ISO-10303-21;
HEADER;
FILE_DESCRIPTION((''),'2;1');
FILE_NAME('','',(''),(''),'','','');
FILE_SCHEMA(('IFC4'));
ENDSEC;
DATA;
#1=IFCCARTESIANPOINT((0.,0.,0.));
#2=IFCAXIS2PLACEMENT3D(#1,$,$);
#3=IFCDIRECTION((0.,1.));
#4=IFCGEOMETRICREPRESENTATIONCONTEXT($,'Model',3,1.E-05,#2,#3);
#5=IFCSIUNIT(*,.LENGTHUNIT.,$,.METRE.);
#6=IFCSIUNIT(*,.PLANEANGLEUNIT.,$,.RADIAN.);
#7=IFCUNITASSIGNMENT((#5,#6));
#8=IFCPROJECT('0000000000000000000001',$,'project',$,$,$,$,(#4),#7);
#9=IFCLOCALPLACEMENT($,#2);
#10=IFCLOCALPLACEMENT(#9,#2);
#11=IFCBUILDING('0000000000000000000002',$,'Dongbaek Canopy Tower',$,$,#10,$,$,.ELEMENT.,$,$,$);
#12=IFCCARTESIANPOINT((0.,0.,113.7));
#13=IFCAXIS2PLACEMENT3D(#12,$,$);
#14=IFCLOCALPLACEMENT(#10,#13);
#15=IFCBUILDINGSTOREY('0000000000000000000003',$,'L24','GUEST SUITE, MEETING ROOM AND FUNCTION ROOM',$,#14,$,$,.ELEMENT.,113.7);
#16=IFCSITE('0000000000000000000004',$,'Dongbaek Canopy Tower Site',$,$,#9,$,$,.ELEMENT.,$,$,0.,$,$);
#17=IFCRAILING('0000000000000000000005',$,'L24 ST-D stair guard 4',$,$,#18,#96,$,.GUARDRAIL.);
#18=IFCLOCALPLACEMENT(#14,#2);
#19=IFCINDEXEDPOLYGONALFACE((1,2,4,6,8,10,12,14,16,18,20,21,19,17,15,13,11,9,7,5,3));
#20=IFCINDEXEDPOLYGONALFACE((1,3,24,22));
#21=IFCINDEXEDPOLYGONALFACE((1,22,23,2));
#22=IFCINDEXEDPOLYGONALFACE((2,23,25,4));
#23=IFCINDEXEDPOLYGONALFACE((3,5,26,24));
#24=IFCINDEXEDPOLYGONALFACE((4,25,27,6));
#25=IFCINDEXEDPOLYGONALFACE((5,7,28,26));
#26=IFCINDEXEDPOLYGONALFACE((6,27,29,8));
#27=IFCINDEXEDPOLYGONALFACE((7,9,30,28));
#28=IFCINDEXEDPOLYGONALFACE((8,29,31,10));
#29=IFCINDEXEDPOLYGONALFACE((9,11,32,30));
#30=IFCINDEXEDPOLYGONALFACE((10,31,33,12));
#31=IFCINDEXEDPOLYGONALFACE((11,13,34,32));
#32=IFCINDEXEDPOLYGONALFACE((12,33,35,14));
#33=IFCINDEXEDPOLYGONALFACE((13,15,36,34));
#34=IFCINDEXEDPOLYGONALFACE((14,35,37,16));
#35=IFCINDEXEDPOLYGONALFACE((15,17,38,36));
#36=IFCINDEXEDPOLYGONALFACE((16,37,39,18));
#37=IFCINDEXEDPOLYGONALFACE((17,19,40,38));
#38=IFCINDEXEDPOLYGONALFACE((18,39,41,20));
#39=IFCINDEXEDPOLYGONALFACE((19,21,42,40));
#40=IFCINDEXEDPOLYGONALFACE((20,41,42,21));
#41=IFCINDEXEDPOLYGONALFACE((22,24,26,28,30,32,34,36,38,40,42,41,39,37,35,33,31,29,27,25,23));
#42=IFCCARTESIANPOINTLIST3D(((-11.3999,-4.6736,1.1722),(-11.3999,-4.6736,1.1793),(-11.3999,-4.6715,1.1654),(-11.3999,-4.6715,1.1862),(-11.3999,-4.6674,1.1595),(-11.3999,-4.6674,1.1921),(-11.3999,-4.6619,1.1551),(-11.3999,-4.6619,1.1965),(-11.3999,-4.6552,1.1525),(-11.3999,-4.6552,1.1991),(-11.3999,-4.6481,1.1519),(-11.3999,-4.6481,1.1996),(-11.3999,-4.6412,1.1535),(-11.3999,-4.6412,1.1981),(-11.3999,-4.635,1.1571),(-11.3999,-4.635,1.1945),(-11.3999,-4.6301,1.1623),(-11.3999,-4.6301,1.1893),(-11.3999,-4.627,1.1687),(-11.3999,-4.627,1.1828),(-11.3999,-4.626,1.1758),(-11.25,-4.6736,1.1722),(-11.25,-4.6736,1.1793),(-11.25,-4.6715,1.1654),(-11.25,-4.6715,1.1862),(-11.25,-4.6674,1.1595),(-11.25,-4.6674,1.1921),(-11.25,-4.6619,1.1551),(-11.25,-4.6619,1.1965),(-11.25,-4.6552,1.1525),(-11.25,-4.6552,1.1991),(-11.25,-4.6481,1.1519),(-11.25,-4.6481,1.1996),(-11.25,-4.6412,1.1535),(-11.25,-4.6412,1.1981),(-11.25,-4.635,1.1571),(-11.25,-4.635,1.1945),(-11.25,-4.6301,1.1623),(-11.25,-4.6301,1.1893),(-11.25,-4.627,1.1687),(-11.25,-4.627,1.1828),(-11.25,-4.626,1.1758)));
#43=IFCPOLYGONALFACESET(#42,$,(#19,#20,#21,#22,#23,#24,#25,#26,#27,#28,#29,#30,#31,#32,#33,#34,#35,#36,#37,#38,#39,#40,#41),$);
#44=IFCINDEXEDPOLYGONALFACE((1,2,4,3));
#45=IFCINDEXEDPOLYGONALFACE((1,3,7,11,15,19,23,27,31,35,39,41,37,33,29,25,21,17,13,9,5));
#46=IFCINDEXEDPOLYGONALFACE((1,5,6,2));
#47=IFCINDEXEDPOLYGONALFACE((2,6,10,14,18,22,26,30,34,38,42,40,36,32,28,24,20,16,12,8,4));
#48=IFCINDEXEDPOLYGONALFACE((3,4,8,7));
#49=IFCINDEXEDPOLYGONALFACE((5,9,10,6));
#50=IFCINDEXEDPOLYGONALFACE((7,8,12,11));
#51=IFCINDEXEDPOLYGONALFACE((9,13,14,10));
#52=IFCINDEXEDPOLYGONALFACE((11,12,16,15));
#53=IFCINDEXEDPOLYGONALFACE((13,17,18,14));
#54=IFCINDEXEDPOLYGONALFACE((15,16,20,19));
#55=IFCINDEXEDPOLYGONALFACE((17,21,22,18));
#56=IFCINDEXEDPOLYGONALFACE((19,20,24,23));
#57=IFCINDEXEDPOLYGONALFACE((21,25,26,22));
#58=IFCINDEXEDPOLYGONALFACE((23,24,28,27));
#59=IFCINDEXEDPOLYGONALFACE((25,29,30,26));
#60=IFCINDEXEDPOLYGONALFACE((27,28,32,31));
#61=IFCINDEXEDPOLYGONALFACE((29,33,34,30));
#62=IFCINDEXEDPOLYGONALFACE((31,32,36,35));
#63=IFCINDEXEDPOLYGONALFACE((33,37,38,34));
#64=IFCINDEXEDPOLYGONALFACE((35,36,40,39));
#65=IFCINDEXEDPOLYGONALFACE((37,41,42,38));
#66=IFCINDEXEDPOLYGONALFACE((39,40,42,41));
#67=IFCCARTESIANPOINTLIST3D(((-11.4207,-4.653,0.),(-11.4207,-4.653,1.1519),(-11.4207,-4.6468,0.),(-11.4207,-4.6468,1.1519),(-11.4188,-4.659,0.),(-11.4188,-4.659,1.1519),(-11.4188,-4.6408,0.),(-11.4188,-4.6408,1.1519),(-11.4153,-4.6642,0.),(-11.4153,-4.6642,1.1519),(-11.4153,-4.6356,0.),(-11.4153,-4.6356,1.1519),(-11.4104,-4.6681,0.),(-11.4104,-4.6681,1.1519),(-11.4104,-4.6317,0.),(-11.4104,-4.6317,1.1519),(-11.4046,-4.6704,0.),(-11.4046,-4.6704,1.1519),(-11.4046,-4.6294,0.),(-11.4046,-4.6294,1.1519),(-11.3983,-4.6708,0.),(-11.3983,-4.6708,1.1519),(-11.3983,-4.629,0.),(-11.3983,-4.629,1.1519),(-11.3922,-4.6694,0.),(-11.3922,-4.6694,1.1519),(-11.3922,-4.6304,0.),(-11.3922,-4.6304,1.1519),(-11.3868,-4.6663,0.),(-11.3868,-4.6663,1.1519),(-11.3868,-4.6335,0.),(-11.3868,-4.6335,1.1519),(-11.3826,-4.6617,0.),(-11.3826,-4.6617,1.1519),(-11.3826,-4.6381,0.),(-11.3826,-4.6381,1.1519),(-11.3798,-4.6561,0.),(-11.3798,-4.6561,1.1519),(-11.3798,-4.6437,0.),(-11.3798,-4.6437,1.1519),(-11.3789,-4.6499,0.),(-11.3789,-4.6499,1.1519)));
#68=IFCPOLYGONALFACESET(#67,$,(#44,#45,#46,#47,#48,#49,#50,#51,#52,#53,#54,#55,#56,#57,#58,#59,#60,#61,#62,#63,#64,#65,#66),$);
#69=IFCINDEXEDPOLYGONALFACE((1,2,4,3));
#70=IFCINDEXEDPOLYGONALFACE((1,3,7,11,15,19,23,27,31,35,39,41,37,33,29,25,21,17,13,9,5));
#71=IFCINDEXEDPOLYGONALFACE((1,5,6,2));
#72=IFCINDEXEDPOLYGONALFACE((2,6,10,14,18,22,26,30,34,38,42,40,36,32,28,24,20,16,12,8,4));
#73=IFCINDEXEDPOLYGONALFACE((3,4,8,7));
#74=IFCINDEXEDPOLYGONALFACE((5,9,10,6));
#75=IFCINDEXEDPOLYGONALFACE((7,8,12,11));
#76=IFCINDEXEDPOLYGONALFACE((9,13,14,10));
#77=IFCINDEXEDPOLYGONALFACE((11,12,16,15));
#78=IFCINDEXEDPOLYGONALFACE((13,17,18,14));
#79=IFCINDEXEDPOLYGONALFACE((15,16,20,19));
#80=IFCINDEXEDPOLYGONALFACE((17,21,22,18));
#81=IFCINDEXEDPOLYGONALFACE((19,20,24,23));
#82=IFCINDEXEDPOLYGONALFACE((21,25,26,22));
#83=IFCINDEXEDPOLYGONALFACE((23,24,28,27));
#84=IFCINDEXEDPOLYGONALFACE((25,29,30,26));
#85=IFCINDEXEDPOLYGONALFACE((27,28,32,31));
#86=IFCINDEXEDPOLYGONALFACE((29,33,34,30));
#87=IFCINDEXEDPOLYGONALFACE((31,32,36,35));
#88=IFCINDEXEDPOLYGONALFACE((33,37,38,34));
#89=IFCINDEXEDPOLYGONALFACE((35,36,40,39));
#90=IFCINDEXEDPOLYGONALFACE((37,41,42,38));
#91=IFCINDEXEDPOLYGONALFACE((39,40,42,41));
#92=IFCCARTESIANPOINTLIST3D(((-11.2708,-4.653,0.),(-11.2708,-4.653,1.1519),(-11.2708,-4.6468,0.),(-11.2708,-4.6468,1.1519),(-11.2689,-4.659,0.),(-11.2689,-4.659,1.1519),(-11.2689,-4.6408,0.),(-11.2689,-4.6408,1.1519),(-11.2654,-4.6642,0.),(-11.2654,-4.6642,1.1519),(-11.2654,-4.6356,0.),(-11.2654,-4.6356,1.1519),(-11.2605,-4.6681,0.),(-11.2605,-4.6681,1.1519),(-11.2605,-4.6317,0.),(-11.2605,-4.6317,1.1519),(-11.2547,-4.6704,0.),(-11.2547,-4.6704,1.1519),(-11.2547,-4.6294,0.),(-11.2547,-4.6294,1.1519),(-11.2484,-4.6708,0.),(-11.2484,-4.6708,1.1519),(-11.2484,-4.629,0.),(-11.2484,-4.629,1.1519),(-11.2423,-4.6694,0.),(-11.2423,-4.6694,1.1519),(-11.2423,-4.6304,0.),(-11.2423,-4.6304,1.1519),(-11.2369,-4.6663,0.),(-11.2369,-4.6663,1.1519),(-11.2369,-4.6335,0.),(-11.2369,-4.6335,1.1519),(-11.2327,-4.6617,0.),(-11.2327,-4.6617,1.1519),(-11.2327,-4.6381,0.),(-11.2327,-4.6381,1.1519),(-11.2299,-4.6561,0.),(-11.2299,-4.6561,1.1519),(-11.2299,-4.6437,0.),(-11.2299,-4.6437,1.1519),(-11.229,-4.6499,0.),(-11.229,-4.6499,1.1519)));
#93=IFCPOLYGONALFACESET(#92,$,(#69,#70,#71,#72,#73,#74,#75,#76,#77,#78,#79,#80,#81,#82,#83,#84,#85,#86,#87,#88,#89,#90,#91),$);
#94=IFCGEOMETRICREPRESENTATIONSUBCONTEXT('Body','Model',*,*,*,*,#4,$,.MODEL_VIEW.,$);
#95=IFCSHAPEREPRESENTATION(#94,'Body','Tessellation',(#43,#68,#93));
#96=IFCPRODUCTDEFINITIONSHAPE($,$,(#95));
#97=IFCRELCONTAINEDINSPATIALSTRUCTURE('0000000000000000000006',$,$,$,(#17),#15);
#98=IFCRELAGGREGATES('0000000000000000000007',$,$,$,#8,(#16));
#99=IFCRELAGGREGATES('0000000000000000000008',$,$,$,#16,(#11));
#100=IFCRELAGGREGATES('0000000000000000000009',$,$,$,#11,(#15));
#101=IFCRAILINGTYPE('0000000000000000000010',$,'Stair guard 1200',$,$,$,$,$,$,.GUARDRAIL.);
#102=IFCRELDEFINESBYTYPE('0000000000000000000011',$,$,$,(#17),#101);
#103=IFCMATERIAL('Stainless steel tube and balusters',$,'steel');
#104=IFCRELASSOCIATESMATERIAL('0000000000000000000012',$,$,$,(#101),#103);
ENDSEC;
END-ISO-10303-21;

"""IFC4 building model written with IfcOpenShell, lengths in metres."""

from ifc_helpers import new_model, si_unit, direction, frame, origin, origin_2d, place, context, subcontext, project, spatial, circle, extrude, material, type_object, element, save


model = new_model("IFC4")

# Units and contexts
model_context = context("Model", 3, precision=1e-05, world=origin(), true_north=direction((0.0, 1.0)))
body_context = subcontext(model_context, "Body", "Model", "MODEL_VIEW")
ifc_project = project(units=[si_unit("LENGTHUNIT", "METRE"), si_unit("PLANEANGLEUNIT", "RADIAN")], contexts=[model_context])

# Site, building, storey
site_placement = place(None, origin())
site = spatial("IfcSite", under=ifc_project, at=site_placement, Name="Dongbaek Canopy Tower Site", CompositionType="ELEMENT", RefElevation=0.0)
building_placement = place(site_placement, origin())
building = spatial("IfcBuilding", under=site, at=building_placement, Name="Dongbaek Canopy Tower", CompositionType="ELEMENT")
storey_placement = place(building_placement, frame((0.0, 0.0, 113.7)))
storey = spatial("IfcBuildingStorey", under=building, at=storey_placement, Name="L24", Description="GUEST SUITE, MEETING ROOM AND FUNCTION ROOM", CompositionType="ELEMENT", Elevation=113.7)

# Railing
ifc_material_1 = material(Name="Stainless steel tube and balusters", Category="steel")
railing_type_1 = type_object("IfcRailingType", Name="Stair guard 1200", PredefinedType="GUARDRAIL", material=ifc_material_1)
railing_1_placement = place(storey_placement, frame((-11.3999, -4.6499, 0.0)))
element("IfcRailing", 1, at=railing_1_placement, inside=storey, type_object=railing_type_1, Name="L24 ST-D stair guard 4", PredefinedType="GUARDRAIL", context=body_context, shape_type="SweptSolid", body=[
    extrude(circle(Radius=0.0239, at=origin_2d()), frame((0.0, 0.0, 1.1758), z_axis=(1.0, 0.0, 0.0), x_axis=(0.0, 1.0, 0.0)), (0.0, 0.0, 1.0), 0.1499),
    extrude(circle(Radius=0.021, at=origin_2d()), origin(), (0.0, 0.0, 1.0), 1.1519),
    extrude(circle(Radius=0.021, at=origin_2d()), frame((0.1499, 0.0, 0.0)), (0.0, 0.0, 1.0), 1.1519),
])

save(model, "model.ifc")
